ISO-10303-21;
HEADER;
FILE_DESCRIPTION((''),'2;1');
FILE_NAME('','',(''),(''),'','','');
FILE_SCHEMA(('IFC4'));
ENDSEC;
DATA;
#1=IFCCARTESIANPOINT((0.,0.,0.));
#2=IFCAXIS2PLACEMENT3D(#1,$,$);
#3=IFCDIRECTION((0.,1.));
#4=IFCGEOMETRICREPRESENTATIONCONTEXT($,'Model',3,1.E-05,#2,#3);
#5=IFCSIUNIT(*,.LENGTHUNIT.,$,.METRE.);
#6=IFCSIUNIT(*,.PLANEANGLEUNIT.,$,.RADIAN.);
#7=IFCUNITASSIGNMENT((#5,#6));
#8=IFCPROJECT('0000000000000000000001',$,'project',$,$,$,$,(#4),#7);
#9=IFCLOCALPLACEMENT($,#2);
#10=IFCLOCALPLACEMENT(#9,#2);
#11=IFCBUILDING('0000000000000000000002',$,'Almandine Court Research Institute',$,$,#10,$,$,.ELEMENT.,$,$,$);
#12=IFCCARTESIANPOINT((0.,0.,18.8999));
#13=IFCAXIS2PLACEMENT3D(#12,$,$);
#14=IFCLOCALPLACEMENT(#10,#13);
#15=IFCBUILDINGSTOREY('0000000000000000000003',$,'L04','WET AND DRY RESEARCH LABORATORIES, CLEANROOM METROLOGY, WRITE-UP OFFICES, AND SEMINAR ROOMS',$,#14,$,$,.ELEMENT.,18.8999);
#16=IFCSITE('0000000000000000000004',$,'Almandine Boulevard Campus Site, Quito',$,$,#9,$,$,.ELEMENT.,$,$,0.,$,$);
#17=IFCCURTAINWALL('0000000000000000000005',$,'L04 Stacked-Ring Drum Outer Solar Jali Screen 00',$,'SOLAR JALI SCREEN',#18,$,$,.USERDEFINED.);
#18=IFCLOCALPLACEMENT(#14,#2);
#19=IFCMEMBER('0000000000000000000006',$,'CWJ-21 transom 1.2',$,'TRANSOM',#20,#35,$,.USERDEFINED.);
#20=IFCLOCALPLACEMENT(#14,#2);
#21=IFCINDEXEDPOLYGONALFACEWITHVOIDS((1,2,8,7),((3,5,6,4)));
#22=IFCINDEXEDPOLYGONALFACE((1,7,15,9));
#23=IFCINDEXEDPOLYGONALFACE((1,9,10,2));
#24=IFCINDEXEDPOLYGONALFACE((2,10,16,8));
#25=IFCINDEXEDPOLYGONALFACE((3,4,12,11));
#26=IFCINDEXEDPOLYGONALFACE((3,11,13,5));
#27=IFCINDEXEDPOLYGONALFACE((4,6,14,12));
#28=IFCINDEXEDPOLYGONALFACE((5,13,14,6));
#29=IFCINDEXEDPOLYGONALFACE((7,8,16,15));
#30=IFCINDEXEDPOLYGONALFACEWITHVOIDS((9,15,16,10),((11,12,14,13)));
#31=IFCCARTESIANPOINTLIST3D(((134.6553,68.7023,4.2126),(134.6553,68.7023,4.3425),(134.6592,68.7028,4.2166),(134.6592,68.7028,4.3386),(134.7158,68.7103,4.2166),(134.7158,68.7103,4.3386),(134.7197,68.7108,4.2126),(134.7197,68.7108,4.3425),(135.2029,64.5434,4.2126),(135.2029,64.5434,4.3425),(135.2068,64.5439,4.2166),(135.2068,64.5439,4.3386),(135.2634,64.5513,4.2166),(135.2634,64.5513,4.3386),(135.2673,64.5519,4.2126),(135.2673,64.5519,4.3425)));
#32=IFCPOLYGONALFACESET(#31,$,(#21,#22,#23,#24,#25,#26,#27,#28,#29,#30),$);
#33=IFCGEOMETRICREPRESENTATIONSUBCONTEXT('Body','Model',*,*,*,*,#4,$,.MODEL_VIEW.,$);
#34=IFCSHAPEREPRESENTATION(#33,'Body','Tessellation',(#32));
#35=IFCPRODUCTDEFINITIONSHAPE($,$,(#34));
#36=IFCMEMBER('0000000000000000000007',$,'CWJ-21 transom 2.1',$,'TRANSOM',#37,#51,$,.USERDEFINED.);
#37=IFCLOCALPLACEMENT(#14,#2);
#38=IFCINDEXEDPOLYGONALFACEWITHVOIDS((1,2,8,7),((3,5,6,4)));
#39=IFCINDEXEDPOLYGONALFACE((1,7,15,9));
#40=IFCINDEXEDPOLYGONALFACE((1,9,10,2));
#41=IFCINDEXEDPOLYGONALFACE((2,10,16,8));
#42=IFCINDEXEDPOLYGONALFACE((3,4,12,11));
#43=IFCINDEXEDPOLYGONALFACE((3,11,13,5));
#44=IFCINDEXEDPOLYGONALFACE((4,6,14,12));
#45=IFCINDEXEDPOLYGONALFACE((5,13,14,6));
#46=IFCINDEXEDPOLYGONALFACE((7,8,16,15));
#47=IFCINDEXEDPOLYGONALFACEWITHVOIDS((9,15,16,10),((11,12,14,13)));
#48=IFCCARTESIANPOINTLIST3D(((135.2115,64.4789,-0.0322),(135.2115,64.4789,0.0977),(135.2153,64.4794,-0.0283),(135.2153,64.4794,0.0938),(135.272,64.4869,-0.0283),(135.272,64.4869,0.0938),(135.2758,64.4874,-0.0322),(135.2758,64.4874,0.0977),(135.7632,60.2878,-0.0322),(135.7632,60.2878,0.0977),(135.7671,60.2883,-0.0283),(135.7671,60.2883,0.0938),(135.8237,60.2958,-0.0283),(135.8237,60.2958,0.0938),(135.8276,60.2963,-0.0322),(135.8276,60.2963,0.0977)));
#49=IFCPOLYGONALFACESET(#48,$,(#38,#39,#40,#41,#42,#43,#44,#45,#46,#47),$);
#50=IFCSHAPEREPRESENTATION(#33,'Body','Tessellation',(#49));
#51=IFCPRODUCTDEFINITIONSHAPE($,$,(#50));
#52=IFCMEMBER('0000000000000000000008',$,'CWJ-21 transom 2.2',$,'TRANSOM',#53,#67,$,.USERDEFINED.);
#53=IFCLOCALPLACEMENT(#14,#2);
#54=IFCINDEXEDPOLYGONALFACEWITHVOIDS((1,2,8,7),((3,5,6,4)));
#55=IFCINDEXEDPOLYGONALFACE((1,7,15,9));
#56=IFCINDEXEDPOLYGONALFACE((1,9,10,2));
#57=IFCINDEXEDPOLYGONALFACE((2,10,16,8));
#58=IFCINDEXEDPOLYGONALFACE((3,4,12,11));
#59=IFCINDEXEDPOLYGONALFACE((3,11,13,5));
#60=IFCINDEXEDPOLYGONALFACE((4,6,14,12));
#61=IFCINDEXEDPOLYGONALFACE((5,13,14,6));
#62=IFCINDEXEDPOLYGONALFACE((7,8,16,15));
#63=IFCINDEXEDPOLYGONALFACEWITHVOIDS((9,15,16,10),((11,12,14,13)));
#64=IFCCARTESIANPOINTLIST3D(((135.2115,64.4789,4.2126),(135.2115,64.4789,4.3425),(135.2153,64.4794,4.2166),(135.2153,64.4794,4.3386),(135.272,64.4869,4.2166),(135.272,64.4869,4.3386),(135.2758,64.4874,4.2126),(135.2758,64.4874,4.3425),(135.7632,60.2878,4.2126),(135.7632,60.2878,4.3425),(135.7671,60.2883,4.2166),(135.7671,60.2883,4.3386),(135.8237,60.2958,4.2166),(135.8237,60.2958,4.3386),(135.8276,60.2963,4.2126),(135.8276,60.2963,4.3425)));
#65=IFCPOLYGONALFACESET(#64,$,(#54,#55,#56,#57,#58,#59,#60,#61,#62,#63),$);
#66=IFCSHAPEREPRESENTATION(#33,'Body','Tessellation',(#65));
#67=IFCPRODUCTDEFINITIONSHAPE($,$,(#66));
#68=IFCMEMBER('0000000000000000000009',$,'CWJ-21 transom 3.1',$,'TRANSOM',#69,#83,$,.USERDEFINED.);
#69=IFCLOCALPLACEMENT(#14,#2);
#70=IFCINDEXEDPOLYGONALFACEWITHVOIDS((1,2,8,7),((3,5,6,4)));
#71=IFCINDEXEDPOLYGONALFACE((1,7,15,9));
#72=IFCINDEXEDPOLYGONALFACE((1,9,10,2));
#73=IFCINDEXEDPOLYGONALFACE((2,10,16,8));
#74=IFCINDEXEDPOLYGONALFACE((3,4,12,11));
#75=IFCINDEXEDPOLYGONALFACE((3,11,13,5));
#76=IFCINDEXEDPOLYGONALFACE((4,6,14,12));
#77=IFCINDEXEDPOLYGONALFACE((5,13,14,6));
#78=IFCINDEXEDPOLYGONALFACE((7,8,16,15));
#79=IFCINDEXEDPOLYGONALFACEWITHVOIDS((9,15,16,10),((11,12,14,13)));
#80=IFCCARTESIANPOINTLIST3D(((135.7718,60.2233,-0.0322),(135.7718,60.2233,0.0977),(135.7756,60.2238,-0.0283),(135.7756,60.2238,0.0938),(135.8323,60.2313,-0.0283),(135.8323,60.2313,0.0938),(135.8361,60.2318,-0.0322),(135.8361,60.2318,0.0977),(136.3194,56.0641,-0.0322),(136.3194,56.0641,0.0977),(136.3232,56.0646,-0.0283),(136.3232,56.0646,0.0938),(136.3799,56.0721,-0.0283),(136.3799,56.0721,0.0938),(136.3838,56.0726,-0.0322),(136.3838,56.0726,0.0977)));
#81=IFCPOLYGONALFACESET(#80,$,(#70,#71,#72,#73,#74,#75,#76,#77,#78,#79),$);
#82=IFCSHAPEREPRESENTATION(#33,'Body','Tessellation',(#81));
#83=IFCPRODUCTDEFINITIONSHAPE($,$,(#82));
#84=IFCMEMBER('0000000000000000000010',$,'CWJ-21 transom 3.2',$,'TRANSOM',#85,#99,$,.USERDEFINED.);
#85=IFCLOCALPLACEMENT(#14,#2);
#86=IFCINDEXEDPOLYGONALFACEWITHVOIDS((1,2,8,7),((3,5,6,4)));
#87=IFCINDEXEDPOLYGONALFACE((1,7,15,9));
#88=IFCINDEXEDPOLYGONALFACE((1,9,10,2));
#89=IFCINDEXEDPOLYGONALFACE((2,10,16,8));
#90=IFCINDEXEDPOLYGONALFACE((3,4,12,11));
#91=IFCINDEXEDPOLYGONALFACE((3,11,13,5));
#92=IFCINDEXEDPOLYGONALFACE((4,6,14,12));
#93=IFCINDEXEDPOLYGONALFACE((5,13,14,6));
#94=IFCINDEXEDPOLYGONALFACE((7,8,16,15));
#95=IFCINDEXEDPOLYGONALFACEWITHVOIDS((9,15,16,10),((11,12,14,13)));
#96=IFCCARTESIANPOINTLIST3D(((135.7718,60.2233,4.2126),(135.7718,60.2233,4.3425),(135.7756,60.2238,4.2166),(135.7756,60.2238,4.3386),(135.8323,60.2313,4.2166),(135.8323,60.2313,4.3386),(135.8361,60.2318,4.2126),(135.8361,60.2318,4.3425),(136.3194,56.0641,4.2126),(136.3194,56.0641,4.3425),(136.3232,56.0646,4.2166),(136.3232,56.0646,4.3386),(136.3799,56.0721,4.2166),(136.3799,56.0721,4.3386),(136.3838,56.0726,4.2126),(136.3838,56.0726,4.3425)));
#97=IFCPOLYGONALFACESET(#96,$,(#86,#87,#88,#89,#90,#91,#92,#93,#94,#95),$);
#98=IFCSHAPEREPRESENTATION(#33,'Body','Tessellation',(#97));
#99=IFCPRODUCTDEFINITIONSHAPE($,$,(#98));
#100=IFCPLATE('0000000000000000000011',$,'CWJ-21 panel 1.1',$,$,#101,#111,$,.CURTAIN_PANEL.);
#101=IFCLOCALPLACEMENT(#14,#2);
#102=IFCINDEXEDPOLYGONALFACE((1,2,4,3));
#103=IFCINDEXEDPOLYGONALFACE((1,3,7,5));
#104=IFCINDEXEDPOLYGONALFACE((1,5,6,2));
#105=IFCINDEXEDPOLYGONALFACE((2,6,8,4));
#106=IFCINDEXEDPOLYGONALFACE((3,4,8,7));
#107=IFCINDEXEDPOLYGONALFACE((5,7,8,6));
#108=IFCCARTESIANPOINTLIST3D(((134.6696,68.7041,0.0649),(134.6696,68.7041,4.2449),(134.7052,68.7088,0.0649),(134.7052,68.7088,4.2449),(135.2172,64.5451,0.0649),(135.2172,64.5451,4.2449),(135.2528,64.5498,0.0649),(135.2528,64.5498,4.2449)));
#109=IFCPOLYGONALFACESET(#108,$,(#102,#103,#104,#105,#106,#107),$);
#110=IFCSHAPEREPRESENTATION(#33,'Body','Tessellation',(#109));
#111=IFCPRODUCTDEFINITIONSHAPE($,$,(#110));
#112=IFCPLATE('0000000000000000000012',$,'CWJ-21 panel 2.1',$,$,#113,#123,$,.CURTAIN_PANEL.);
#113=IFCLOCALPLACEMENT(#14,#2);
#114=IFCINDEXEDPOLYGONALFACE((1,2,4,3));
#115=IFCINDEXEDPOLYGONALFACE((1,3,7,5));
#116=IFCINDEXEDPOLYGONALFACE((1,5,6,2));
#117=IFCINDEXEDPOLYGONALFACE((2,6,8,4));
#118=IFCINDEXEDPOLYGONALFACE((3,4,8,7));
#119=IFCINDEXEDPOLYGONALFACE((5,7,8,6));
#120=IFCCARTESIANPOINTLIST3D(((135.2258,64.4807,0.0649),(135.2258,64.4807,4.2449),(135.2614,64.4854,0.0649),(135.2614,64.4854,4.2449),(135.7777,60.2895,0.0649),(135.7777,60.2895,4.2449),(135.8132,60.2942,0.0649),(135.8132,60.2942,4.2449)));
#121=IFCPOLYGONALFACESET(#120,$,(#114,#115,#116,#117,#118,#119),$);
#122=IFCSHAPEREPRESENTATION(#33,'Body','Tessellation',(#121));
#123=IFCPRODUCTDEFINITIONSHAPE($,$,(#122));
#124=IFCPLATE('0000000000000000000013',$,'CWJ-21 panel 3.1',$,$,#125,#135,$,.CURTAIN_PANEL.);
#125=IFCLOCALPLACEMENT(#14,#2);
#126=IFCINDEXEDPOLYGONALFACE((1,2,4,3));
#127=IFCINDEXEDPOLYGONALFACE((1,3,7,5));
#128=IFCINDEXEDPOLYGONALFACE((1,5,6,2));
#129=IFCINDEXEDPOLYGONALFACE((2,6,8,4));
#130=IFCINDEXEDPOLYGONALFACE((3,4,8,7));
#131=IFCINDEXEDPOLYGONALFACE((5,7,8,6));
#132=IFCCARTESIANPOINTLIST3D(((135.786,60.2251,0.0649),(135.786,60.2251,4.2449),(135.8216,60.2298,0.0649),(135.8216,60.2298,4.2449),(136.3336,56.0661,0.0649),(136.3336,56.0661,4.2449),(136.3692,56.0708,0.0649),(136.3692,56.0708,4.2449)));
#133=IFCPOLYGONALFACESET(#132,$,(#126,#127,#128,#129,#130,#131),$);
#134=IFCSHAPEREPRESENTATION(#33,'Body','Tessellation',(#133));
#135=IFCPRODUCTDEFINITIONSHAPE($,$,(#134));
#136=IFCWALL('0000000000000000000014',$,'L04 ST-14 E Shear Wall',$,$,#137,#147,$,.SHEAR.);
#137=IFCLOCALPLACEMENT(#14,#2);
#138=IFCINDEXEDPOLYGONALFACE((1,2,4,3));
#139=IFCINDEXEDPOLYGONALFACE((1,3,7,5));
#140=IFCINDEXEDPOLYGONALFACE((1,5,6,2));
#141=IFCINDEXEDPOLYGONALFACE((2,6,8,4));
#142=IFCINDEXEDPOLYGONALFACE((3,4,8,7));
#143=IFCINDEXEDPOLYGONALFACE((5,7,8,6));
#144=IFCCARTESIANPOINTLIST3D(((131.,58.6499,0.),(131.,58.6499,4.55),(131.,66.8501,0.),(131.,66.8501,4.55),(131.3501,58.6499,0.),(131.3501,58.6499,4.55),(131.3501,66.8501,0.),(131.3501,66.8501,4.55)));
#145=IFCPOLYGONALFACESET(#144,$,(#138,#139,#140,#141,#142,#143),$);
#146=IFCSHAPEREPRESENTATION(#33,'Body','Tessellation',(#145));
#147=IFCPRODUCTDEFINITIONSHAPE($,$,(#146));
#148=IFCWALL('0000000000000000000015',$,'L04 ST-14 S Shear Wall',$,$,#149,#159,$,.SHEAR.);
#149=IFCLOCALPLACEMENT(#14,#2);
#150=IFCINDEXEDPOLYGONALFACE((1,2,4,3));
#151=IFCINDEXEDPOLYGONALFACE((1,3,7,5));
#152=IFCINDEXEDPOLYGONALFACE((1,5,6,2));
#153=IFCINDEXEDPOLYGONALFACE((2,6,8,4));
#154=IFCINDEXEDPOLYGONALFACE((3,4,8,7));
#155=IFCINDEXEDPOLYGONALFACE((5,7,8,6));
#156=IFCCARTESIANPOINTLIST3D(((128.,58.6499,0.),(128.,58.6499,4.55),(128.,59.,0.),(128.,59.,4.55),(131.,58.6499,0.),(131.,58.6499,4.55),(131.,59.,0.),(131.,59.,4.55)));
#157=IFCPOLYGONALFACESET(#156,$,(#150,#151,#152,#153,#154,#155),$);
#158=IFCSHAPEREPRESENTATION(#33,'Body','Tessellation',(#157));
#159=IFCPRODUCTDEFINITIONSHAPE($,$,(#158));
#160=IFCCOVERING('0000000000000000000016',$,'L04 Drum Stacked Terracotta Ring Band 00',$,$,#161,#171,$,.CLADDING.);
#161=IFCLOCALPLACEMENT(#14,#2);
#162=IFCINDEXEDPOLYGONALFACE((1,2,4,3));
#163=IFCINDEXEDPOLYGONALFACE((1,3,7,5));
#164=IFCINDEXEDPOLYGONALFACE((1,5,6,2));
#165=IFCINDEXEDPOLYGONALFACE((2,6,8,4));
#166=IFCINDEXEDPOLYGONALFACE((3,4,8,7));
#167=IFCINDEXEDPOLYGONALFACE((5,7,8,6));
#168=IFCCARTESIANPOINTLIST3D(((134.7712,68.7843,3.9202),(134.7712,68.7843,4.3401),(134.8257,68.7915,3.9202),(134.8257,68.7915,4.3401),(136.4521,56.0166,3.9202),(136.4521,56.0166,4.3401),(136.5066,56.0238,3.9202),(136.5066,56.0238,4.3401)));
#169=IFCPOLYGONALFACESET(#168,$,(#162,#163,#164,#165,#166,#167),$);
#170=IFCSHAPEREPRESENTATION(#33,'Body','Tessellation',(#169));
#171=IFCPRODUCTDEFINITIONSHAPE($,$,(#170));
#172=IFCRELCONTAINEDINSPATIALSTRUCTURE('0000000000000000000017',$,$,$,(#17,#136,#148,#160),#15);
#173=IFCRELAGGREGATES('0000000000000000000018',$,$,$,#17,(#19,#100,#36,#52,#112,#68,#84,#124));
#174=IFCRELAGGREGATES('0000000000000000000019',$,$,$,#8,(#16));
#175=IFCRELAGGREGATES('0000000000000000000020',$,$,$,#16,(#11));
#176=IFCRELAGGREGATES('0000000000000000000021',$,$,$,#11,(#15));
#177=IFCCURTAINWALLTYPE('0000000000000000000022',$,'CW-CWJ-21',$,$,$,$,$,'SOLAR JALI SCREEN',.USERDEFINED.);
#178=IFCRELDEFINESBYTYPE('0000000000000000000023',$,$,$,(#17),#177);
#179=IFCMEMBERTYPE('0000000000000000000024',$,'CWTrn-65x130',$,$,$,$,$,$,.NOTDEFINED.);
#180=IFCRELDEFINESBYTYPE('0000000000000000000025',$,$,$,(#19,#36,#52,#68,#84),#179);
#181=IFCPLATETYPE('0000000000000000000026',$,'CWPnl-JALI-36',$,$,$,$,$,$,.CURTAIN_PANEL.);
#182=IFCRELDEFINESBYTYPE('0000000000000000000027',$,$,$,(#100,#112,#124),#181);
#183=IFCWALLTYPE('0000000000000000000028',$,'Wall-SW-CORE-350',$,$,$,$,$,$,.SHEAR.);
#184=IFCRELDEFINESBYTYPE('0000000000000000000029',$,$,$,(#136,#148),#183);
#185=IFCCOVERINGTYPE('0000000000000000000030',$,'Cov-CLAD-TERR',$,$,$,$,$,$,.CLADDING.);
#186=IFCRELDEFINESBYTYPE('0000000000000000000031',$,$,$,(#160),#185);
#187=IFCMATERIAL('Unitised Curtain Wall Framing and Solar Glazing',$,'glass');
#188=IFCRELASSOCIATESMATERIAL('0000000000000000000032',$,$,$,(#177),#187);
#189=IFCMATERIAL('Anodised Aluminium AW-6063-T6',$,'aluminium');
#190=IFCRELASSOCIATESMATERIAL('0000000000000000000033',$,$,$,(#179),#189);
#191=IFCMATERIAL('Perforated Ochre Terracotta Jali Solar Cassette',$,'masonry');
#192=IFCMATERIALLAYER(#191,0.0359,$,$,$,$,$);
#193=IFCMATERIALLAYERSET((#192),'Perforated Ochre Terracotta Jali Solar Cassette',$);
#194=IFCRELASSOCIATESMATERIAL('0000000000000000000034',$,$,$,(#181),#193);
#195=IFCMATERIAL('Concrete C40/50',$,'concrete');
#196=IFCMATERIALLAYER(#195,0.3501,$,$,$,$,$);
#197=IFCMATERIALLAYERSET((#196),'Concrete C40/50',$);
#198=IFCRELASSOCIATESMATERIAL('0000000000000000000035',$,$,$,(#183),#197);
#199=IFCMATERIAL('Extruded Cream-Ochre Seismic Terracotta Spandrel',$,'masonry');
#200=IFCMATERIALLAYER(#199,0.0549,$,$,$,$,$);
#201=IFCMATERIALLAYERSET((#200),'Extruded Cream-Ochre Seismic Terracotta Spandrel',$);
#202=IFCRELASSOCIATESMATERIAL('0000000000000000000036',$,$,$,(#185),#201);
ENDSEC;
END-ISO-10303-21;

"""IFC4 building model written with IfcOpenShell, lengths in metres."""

from ifc_helpers import new_model, si_unit, direction, frame, frame_2d, origin, origin_2d, place, context, subcontext, project, spatial, rectangle, hollow_rectangle, extrude, material, layer, layer_set, material_profile, profile_set, type_object, element, aggregate, save


model = new_model("IFC4")

# Units and contexts
model_context = context("Model", 3, precision=1e-05, world=origin(), true_north=direction((0.0, 1.0)))
body_context = subcontext(model_context, "Body", "Model", "MODEL_VIEW")
ifc_project = project(units=[si_unit("LENGTHUNIT", "METRE"), si_unit("PLANEANGLEUNIT", "RADIAN")], contexts=[model_context])

# Site, building, storey
site_placement = place(None, origin())
site = spatial("IfcSite", under=ifc_project, at=site_placement, Name="Almandine Boulevard Campus Site, Quito", CompositionType="ELEMENT", RefElevation=0.0)
building_placement = place(site_placement, origin())
building = spatial("IfcBuilding", under=site, at=building_placement, Name="Almandine Court Research Institute", CompositionType="ELEMENT")
storey_placement = place(building_placement, frame((0.0, 0.0, 18.8999)))
storey = spatial("IfcBuildingStorey", under=building, at=storey_placement, Name="L04", Description="WET AND DRY RESEARCH LABORATORIES, CLEANROOM METROLOGY, WRITE-UP OFFICES, AND SEMINAR ROOMS", CompositionType="ELEMENT", Elevation=18.8999)

# Curtain wall, members, plates
ifc_material_1 = material(Name="Unitised Curtain Wall Framing and Solar Glazing", Category="glass")
curtain_wall_type = type_object("IfcCurtainWallType", Name="CW-CWJ-21", ElementType="SOLAR JALI SCREEN", PredefinedType="USERDEFINED", material=ifc_material_1)
curtain_wall_placement = place(storey_placement, origin())
curtain_wall = element("IfcCurtainWall", 1, at=curtain_wall_placement, inside=storey, type_object=curtain_wall_type, Name="L04 Stacked-Ring Drum Outer Solar Jali Screen 00", ObjectType="SOLAR JALI SCREEN", PredefinedType="USERDEFINED")
ifc_material_2 = material(Name="Anodised Aluminium AW-6063-T6", Category="aluminium")
ifc_material_profile_1 = material_profile(ifc_material_2, hollow_rectangle(XDim=0.0649, YDim=0.1299, WallThickness=0.0039, at=origin_2d()), Name="ALU RHS 65x130x4")
ifc_profile_set_1 = profile_set([ifc_material_profile_1], Name="Anodised Aluminium AW-6063-T6")
member_type_1 = type_object("IfcMemberType", Name="CWTrn-65x130", PredefinedType="NOTDEFINED", material=ifc_profile_set_1)
member_1_placement = place(storey_placement, frame((134.6875, 68.7065, 4.2776), z_axis=(0.130543, -0.991443, 0.0), x_axis=(0.991443, 0.130543, 0.0)))
member_1 = element("IfcMember", 2, at=member_1_placement, type_object=member_type_1, Name="CWJ-21 transom 1.2", ObjectType="TRANSOM", PredefinedType="USERDEFINED", context=body_context, shape_type="SweptSolid", body=[
    extrude(hollow_rectangle(XDim=0.0649, YDim=0.1299, WallThickness=0.0039, at=origin_2d()), origin(), (0.0, 0.0, 1.0), 4.1948),
])
member_2_placement = place(storey_placement, frame((135.2437, 64.4832, 0.0327), z_axis=(0.130522, -0.991445, 0.0), x_axis=(0.991445, 0.130522, 0.0)))
member_2 = element("IfcMember", 3, at=member_2_placement, type_object=member_type_1, Name="CWJ-21 transom 2.1", ObjectType="TRANSOM", PredefinedType="USERDEFINED", context=body_context, shape_type="SweptSolid", body=[
    extrude(hollow_rectangle(XDim=0.0649, YDim=0.1299, WallThickness=0.0039, at=origin_2d()), origin(), (0.0, 0.0, 1.0), 4.2273),
])
member_3_placement = place(storey_placement, frame((135.2437, 64.4832, 4.2776), z_axis=(0.130522, -0.991445, 0.0), x_axis=(0.991445, 0.130522, 0.0)))
member_3 = element("IfcMember", 4, at=member_3_placement, type_object=member_type_1, Name="CWJ-21 transom 2.2", ObjectType="TRANSOM", PredefinedType="USERDEFINED", context=body_context, shape_type="SweptSolid", body=[
    extrude(hollow_rectangle(XDim=0.0649, YDim=0.1299, WallThickness=0.0039, at=origin_2d()), origin(), (0.0, 0.0, 1.0), 4.2273),
])
member_4_placement = place(storey_placement, frame((135.804, 60.2275, 0.0327), z_axis=(0.130536, -0.991444, 0.0), x_axis=(0.991444, 0.130536, 0.0)))
member_4 = element("IfcMember", 5, at=member_4_placement, type_object=member_type_1, Name="CWJ-21 transom 3.1", ObjectType="TRANSOM", PredefinedType="USERDEFINED", context=body_context, shape_type="SweptSolid", body=[
    extrude(hollow_rectangle(XDim=0.0649, YDim=0.1299, WallThickness=0.0039, at=origin_2d()), origin(), (0.0, 0.0, 1.0), 4.1951),
])
member_5_placement = place(storey_placement, frame((135.804, 60.2275, 4.2776), z_axis=(0.130536, -0.991444, 0.0), x_axis=(0.991444, 0.130536, 0.0)))
member_5 = element("IfcMember", 6, at=member_5_placement, type_object=member_type_1, Name="CWJ-21 transom 3.2", ObjectType="TRANSOM", PredefinedType="USERDEFINED", context=body_context, shape_type="SweptSolid", body=[
    extrude(hollow_rectangle(XDim=0.0649, YDim=0.1299, WallThickness=0.0039, at=origin_2d()), origin(), (0.0, 0.0, 1.0), 4.1951),
])
ifc_material_3 = material(Name="Perforated Ochre Terracotta Jali Solar Cassette", Category="masonry")
ifc_layer_1 = layer(ifc_material_3, 0.0359)
ifc_layer_set_1 = layer_set([ifc_layer_1], Name="Perforated Ochre Terracotta Jali Solar Cassette")
plate_type = type_object("IfcPlateType", Name="CWPnl-JALI-36", PredefinedType="CURTAIN_PANEL", material=ifc_layer_set_1)
plate_1_placement = place(storey_placement, frame((134.9612, 66.627, 0.0649), z_axis=(0.0, 0.0, 1.0), x_axis=(0.130541, -0.991443, 0.0)))
plate_1 = element("IfcPlate", 7, at=plate_1_placement, type_object=plate_type, Name="CWJ-21 panel 1.1", PredefinedType="CURTAIN_PANEL", context=body_context, shape_type="SweptSolid", body=[
    extrude(rectangle(XDim=4.1948, YDim=0.0359, at=origin_2d()), origin(), (0.0, 0.0, 1.0), 4.1799),
])
plate_2_placement = place(storey_placement, frame((135.5195, 62.3875, 0.0649), z_axis=(0.0, 0.0, 1.0), x_axis=(0.130541, -0.991443, 0.0)))
plate_2 = element("IfcPlate", 8, at=plate_2_placement, type_object=plate_type, Name="CWJ-21 panel 2.1", PredefinedType="CURTAIN_PANEL", context=body_context, shape_type="SweptSolid", body=[
    extrude(rectangle(XDim=4.2273, YDim=0.0359, at=origin_2d()), origin(), (0.0, 0.0, 1.0), 4.1799),
])
plate_3_placement = place(storey_placement, frame((136.0776, 58.1479, 0.0649), z_axis=(0.0, 0.0, 1.0), x_axis=(0.130541, -0.991443, 0.0)))
plate_3 = element("IfcPlate", 9, at=plate_3_placement, type_object=plate_type, Name="CWJ-21 panel 3.1", PredefinedType="CURTAIN_PANEL", context=body_context, shape_type="SweptSolid", body=[
    extrude(rectangle(XDim=4.1948, YDim=0.0359, at=origin_2d()), origin(), (0.0, 0.0, 1.0), 4.1799),
])
aggregate(curtain_wall, [member_1, plate_1, member_2, member_3, plate_2, member_4, member_5, plate_3])

# Walls
ifc_material_4 = material(Name="Concrete C40/50", Category="concrete")
ifc_layer_2 = layer(ifc_material_4, 0.3501)
ifc_layer_set_2 = layer_set([ifc_layer_2], Name="Concrete C40/50")
wall_type = type_object("IfcWallType", Name="Wall-SW-CORE-350", PredefinedType="SHEAR", material=ifc_layer_set_2)
wall_1_placement = place(storey_placement, frame((131.175, 66.8501, 0.0), z_axis=(0.0, 0.0, 1.0), x_axis=(0.0, -1.0, 0.0)))
element("IfcWall", 10, at=wall_1_placement, inside=storey, type_object=wall_type, Name="L04 ST-14 E Shear Wall", PredefinedType="SHEAR", context=body_context, shape_type="SweptSolid", body=[
    extrude(rectangle(XDim=8.2002, YDim=0.3501, at=frame_2d((4.1001, 0.0))), origin(), (0.0, 0.0, 1.0), 4.55),
])
wall_2_placement = place(storey_placement, frame((131.0, 58.825, 0.0), z_axis=(0.0, 0.0, 1.0), x_axis=(-1.0, 0.0, 0.0)))
element("IfcWall", 11, at=wall_2_placement, inside=storey, type_object=wall_type, Name="L04 ST-14 S Shear Wall", PredefinedType="SHEAR", context=body_context, shape_type="SweptSolid", body=[
    extrude(rectangle(XDim=3.0, YDim=0.3501, at=frame_2d((1.5, 0.0))), origin(), (0.0, 0.0, 1.0), 4.55),
])

# Covering
ifc_material_5 = material(Name="Extruded Cream-Ochre Seismic Terracotta Spandrel", Category="masonry")
ifc_layer_3 = layer(ifc_material_5, 0.0549)
ifc_layer_set_3 = layer_set([ifc_layer_3], Name="Extruded Cream-Ochre Seismic Terracotta Spandrel")
covering_type = type_object("IfcCoveringType", Name="Cov-CLAD-TERR", PredefinedType="CLADDING", material=ifc_layer_set_3)
covering_placement = place(storey_placement, frame((135.6389, 62.4041, 3.9202), z_axis=(0.0, 0.0, 1.0), x_axis=(0.130526, -0.991445, 0.0)))
element("IfcCovering", 12, at=covering_placement, inside=storey, type_object=covering_type, Name="L04 Drum Stacked Terracotta Ring Band 00", PredefinedType="CLADDING", context=body_context, shape_type="SweptSolid", body=[
    extrude(rectangle(XDim=12.8779, YDim=0.0549, at=origin_2d()), origin(), (0.0, 0.0, 1.0), 0.4199),
])

save(model, "model.ifc")
